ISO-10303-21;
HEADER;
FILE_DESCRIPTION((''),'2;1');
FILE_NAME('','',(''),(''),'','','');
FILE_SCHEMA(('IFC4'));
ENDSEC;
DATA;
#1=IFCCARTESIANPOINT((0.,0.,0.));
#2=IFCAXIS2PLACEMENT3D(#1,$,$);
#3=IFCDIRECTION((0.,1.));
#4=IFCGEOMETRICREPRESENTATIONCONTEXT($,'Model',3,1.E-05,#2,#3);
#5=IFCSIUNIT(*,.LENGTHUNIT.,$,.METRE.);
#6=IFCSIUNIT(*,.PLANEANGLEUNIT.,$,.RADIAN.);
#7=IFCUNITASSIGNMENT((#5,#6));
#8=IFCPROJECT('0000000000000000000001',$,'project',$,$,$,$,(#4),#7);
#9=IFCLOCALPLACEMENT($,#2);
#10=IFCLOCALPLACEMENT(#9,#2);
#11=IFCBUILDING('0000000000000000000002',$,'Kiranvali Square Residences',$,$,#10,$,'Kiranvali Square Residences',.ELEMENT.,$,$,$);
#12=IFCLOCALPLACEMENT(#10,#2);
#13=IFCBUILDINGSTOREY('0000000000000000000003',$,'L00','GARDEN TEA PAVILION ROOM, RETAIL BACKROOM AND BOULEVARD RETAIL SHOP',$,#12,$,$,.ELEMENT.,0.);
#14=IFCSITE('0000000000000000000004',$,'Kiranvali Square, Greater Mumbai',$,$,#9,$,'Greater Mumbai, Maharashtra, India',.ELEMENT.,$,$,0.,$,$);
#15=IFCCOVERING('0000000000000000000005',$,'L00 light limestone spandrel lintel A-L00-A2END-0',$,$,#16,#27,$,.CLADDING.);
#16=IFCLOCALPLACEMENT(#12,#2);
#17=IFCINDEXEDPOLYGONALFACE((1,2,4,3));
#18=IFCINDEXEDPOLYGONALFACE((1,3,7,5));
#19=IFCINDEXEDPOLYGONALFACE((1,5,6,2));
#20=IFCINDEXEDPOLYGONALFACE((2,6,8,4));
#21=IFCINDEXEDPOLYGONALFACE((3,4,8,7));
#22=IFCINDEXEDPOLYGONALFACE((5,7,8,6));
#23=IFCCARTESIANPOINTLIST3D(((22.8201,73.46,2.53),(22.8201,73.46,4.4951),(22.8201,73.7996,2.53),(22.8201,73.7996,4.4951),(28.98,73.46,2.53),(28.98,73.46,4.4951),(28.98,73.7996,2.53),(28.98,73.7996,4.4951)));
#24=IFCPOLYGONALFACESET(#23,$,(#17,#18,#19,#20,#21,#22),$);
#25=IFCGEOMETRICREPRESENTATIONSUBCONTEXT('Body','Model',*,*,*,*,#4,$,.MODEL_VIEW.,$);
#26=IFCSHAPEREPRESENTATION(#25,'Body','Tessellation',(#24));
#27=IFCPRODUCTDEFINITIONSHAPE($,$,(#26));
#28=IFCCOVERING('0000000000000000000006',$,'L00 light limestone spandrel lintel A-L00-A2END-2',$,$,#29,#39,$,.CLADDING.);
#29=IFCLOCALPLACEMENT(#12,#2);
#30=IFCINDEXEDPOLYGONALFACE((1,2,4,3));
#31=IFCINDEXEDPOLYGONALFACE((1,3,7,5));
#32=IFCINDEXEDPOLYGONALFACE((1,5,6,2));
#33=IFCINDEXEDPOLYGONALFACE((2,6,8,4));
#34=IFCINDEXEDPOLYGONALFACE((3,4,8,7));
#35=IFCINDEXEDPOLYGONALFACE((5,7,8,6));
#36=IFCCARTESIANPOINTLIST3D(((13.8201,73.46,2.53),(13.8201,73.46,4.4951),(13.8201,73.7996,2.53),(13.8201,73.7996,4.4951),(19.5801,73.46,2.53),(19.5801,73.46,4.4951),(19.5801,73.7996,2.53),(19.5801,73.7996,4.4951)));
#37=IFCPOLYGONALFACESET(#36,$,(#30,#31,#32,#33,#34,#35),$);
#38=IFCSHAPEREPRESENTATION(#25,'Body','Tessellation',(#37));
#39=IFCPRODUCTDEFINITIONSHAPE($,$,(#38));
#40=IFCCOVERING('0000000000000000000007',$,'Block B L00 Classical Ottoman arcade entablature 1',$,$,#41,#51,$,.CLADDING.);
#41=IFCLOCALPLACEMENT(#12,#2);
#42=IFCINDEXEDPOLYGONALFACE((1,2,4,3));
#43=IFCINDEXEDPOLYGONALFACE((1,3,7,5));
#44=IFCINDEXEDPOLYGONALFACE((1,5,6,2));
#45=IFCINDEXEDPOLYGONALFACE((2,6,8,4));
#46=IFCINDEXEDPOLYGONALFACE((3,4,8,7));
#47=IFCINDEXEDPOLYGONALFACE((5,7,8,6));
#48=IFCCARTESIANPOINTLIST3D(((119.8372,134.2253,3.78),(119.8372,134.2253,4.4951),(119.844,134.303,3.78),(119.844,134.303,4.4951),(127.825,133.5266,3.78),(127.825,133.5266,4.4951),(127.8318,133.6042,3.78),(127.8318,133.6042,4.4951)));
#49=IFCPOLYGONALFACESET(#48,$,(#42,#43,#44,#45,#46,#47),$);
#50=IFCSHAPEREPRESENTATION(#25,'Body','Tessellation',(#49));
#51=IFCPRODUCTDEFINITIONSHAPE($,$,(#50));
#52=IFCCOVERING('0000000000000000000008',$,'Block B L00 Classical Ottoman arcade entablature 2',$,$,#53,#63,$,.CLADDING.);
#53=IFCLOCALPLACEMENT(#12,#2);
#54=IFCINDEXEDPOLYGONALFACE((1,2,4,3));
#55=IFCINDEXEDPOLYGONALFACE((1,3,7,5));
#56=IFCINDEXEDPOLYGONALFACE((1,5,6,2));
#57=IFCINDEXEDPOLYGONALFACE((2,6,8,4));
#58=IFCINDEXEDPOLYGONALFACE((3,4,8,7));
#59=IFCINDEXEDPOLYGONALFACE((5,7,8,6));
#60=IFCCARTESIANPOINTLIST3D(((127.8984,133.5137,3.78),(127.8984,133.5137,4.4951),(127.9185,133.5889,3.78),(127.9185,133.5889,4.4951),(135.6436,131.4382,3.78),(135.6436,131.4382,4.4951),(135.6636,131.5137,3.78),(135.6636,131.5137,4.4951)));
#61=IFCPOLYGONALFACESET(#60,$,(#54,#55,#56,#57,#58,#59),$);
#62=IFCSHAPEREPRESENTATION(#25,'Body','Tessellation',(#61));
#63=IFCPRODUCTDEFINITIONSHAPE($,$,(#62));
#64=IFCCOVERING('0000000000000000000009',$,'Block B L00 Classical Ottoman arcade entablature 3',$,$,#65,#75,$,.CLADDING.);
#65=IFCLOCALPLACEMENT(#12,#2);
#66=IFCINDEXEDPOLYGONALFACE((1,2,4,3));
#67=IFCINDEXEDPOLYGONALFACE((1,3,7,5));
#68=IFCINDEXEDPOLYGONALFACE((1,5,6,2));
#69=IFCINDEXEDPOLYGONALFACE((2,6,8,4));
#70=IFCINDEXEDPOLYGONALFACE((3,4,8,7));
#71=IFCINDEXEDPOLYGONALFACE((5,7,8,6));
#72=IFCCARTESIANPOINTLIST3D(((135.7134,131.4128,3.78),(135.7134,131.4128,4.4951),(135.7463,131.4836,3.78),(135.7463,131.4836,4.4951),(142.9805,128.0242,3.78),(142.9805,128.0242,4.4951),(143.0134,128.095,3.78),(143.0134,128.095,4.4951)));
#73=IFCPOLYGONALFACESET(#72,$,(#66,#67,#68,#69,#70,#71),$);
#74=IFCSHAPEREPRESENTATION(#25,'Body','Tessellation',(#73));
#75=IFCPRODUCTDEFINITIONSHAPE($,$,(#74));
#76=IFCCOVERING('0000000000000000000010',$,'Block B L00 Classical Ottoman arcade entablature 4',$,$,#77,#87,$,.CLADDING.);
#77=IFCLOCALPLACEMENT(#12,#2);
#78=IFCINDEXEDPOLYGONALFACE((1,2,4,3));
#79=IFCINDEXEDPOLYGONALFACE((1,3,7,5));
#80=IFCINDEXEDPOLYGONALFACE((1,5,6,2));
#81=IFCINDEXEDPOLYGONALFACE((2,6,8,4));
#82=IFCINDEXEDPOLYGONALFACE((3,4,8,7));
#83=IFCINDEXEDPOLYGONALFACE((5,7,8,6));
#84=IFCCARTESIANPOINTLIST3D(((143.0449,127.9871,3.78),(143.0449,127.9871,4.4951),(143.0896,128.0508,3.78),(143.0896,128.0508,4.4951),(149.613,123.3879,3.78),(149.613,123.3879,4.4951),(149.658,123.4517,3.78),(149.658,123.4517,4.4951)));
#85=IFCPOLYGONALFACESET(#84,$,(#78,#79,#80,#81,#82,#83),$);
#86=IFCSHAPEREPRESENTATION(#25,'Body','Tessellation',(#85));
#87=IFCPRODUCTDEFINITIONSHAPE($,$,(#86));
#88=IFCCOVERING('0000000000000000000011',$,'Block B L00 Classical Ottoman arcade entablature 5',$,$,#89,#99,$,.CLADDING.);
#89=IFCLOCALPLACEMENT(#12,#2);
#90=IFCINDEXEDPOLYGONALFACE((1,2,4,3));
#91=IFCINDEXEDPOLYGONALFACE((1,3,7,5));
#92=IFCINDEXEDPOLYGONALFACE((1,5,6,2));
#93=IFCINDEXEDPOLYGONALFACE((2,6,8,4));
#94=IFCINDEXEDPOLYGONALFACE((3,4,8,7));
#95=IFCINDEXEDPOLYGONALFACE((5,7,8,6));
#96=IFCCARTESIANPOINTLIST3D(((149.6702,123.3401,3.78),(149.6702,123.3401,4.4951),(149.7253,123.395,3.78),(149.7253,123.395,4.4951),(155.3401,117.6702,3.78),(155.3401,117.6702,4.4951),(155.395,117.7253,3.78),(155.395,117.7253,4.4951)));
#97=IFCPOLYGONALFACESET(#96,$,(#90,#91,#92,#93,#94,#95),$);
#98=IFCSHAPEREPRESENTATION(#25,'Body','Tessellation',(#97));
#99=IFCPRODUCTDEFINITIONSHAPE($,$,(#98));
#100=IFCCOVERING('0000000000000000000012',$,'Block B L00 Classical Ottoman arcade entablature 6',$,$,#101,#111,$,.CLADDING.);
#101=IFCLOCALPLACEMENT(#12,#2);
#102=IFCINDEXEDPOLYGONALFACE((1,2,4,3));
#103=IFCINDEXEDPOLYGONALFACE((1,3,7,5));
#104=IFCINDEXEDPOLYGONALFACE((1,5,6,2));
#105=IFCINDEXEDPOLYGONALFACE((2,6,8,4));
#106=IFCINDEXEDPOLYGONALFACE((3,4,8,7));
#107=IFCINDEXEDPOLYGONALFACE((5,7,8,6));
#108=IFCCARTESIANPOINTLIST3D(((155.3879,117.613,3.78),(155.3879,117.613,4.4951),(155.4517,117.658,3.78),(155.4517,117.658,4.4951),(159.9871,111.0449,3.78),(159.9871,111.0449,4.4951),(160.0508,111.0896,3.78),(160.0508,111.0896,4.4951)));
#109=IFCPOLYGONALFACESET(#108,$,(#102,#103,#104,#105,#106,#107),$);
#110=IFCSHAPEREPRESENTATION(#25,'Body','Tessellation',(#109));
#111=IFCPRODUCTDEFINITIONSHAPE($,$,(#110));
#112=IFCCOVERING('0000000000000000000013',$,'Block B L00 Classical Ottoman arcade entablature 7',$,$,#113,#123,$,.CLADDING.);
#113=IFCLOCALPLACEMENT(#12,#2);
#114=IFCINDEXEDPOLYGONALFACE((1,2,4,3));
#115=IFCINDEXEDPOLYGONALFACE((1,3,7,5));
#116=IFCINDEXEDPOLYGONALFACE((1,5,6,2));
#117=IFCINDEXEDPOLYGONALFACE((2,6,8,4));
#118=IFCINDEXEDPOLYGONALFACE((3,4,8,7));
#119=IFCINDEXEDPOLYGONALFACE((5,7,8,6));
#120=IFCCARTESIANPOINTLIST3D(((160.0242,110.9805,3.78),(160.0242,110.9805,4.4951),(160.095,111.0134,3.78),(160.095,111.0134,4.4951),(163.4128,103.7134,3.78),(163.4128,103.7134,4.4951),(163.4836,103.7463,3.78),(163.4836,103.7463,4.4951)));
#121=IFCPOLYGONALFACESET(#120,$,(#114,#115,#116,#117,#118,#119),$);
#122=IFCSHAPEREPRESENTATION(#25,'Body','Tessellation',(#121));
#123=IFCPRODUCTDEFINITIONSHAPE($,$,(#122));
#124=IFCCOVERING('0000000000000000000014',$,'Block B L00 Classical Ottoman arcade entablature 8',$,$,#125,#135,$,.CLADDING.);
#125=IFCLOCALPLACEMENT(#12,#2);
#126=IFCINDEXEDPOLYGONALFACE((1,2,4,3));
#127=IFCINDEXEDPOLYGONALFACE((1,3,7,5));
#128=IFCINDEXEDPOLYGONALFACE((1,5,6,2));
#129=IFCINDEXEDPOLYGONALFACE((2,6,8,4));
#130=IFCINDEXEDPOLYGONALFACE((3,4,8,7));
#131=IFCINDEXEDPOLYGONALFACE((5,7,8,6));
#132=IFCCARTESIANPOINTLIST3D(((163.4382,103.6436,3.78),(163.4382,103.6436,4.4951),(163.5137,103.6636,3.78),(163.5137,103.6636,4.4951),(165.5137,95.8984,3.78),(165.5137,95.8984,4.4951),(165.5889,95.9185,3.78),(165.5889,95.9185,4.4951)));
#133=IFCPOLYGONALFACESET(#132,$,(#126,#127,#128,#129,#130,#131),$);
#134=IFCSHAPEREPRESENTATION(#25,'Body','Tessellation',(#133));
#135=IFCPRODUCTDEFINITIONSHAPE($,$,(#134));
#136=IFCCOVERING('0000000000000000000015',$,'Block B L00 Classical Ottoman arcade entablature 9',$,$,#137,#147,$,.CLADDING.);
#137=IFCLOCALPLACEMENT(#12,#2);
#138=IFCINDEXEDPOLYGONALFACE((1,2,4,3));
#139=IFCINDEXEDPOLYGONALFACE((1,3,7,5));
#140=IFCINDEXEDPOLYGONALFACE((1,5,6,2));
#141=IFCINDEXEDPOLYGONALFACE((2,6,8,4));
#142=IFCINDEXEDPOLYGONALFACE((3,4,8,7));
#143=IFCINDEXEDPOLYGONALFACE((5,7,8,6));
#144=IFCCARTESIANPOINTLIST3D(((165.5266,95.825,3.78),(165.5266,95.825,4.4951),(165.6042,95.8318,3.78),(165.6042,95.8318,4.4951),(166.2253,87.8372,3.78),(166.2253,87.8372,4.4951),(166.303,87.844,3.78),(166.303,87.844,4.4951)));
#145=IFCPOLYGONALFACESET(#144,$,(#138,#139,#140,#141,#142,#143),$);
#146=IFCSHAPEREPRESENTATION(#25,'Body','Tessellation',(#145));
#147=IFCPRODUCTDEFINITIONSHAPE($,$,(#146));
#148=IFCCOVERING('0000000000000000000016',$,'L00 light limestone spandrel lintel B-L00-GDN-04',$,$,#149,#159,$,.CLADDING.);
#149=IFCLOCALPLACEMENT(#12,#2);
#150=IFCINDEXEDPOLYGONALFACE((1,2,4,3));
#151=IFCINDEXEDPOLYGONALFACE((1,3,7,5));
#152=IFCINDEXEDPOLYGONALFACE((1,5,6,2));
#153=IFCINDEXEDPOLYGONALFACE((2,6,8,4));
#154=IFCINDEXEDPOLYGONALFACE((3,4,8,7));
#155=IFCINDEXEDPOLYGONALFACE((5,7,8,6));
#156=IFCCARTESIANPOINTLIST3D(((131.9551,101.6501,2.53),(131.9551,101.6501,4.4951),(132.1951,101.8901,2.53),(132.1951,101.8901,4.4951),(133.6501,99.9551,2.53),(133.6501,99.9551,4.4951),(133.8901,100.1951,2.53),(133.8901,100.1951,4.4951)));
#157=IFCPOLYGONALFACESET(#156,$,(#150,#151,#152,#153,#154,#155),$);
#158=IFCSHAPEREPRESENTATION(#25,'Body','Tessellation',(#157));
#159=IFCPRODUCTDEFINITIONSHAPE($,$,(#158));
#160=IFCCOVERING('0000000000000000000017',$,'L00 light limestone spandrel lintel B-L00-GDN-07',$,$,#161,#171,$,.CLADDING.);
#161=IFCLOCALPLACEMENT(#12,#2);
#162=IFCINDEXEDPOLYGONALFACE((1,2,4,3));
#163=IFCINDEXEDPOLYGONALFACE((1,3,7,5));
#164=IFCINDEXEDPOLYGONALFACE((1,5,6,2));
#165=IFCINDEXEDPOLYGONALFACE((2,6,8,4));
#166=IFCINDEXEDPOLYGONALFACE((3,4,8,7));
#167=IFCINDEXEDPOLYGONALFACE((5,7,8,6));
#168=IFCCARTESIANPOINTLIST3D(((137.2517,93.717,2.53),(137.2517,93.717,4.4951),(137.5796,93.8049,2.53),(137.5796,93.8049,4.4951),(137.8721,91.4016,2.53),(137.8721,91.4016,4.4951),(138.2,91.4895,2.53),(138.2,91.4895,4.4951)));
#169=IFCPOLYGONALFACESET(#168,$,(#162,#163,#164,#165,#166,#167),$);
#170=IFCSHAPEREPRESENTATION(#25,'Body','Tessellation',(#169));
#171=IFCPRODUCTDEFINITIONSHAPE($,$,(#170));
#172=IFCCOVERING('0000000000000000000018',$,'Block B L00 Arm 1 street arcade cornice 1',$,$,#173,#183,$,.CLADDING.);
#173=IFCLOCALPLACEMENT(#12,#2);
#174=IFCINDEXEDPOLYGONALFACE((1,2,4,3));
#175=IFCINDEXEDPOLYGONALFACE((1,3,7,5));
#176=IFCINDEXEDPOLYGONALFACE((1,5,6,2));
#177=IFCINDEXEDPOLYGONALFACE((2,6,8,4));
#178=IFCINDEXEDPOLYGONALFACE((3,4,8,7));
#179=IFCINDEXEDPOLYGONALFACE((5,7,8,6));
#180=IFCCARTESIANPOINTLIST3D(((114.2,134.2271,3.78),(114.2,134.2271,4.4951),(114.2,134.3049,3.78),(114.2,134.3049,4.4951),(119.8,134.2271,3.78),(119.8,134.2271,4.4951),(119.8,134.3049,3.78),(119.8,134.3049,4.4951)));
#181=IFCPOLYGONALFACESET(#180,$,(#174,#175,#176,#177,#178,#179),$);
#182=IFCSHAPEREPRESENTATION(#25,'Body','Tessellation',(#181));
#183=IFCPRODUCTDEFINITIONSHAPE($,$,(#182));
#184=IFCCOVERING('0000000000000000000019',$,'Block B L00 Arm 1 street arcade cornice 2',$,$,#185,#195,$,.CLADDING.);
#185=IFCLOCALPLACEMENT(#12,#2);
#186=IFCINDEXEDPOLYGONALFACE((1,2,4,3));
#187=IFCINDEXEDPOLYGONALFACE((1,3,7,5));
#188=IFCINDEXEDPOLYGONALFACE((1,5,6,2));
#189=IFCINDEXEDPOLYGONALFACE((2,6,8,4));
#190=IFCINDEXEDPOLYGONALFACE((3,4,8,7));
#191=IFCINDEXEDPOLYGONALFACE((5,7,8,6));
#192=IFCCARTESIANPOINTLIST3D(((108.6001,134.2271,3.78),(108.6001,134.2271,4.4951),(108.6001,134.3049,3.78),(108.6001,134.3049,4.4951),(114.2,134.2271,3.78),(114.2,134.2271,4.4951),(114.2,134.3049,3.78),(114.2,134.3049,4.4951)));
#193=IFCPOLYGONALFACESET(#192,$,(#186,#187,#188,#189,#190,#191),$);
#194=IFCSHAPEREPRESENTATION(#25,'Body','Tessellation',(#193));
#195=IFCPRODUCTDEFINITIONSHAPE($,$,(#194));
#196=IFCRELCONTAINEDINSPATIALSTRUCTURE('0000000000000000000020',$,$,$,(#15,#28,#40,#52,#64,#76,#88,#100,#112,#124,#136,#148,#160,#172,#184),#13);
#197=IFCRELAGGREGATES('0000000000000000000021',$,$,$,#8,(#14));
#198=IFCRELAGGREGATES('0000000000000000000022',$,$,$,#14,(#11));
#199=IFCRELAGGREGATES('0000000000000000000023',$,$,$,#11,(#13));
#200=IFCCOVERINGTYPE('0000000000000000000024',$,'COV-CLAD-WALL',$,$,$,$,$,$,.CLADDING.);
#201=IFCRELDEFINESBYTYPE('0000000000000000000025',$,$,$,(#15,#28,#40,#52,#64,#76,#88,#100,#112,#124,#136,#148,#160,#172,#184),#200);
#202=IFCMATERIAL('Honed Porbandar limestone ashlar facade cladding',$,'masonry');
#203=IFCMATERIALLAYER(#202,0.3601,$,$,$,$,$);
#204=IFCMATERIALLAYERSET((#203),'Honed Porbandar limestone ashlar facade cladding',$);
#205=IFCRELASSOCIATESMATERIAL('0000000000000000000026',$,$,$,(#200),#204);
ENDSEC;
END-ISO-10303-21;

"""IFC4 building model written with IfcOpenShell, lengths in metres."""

from ifc_helpers import new_model, si_unit, direction, frame, origin, place, context, subcontext, project, spatial, polyline, outline, extrude, material, layer, layer_set, type_object, element, save


model = new_model("IFC4")

# Units and contexts
model_context = context("Model", 3, precision=1e-05, world=origin(), true_north=direction((0.0, 1.0)))
body_context = subcontext(model_context, "Body", "Model", "MODEL_VIEW")
ifc_project = project(units=[si_unit("LENGTHUNIT", "METRE"), si_unit("PLANEANGLEUNIT", "RADIAN")], contexts=[model_context])

# Site, building, storey
site_placement = place(None, origin())
site = spatial("IfcSite", under=ifc_project, at=site_placement, Name="Kiranvali Square, Greater Mumbai", LongName="Greater Mumbai, Maharashtra, India", CompositionType="ELEMENT", RefElevation=0.0)
building_placement = place(site_placement, origin())
building = spatial("IfcBuilding", under=site, at=building_placement, Name="Kiranvali Square Residences", LongName="Kiranvali Square Residences", CompositionType="ELEMENT")
storey_placement = place(building_placement, origin())
storey = spatial("IfcBuildingStorey", under=building, at=storey_placement, Name="L00", Description="GARDEN TEA PAVILION ROOM, RETAIL BACKROOM AND BOULEVARD RETAIL SHOP", CompositionType="ELEMENT", Elevation=0.0)

# Coverings
ifc_material = material(Name="Honed Porbandar limestone ashlar facade cladding", Category="masonry")
ifc_layer = layer(ifc_material, 0.3601)
ifc_layer_set = layer_set([ifc_layer], Name="Honed Porbandar limestone ashlar facade cladding")
covering_type = type_object("IfcCoveringType", Name="COV-CLAD-WALL", PredefinedType="CLADDING", material=ifc_layer_set)
covering_1_placement = place(storey_placement, frame((0.0, 0.0, 2.53)))
element("IfcCovering", 1, at=covering_1_placement, inside=storey, type_object=covering_type, Name="L00 light limestone spandrel lintel A-L00-A2END-0", PredefinedType="CLADDING", context=body_context, shape_type="SweptSolid", body=[
    extrude(outline(polyline([(28.98, 73.7996), (22.8201, 73.7996), (22.8201, 73.46), (28.98, 73.46), (28.98, 73.7996)])), origin(), (0.0, 0.0, 1.0), 1.9651),
])
covering_2_placement = place(storey_placement, frame((0.0, 0.0, 2.53)))
element("IfcCovering", 2, at=covering_2_placement, inside=storey, type_object=covering_type, Name="L00 light limestone spandrel lintel A-L00-A2END-2", PredefinedType="CLADDING", context=body_context, shape_type="SweptSolid", body=[
    extrude(outline(polyline([(19.5801, 73.7996), (13.8201, 73.7996), (13.8201, 73.46), (19.5801, 73.46), (19.5801, 73.7996)])), origin(), (0.0, 0.0, 1.0), 1.9651),
])
covering_3_placement = place(storey_placement, frame((0.0, 0.0, 3.78)))
element("IfcCovering", 3, at=covering_3_placement, inside=storey, type_object=covering_type, Name="Block B L00 Classical Ottoman arcade entablature 1", PredefinedType="CLADDING", context=body_context, shape_type="SweptSolid", body=[
    extrude(outline(polyline([(119.8372, 134.2253), (127.825, 133.5266), (127.8318, 133.6042), (119.844, 134.303), (119.8372, 134.2253)])), origin(), (0.0, 0.0, 1.0), 0.7151),
])
covering_4_placement = place(storey_placement, frame((0.0, 0.0, 3.78)))
element("IfcCovering", 4, at=covering_4_placement, inside=storey, type_object=covering_type, Name="Block B L00 Classical Ottoman arcade entablature 2", PredefinedType="CLADDING", context=body_context, shape_type="SweptSolid", body=[
    extrude(outline(polyline([(127.8984, 133.5137), (135.6436, 131.4382), (135.6636, 131.5137), (127.9185, 133.5889), (127.8984, 133.5137)])), origin(), (0.0, 0.0, 1.0), 0.7151),
])
covering_5_placement = place(storey_placement, frame((0.0, 0.0, 3.78)))
element("IfcCovering", 5, at=covering_5_placement, inside=storey, type_object=covering_type, Name="Block B L00 Classical Ottoman arcade entablature 3", PredefinedType="CLADDING", context=body_context, shape_type="SweptSolid", body=[
    extrude(outline(polyline([(135.7134, 131.4128), (142.9805, 128.0242), (143.0134, 128.095), (135.7463, 131.4836), (135.7134, 131.4128)])), origin(), (0.0, 0.0, 1.0), 0.7151),
])
covering_6_placement = place(storey_placement, frame((0.0, 0.0, 3.78)))
element("IfcCovering", 6, at=covering_6_placement, inside=storey, type_object=covering_type, Name="Block B L00 Classical Ottoman arcade entablature 4", PredefinedType="CLADDING", context=body_context, shape_type="SweptSolid", body=[
    extrude(outline(polyline([(143.0449, 127.9871), (149.613, 123.3879), (149.658, 123.4517), (143.0896, 128.0508), (143.0449, 127.9871)])), origin(), (0.0, 0.0, 1.0), 0.7151),
])
covering_7_placement = place(storey_placement, frame((0.0, 0.0, 3.78)))
element("IfcCovering", 7, at=covering_7_placement, inside=storey, type_object=covering_type, Name="Block B L00 Classical Ottoman arcade entablature 5", PredefinedType="CLADDING", context=body_context, shape_type="SweptSolid", body=[
    extrude(outline(polyline([(149.6702, 123.3401), (155.3401, 117.6702), (155.395, 117.7253), (149.7253, 123.395), (149.6702, 123.3401)])), origin(), (0.0, 0.0, 1.0), 0.7151),
])
covering_8_placement = place(storey_placement, frame((0.0, 0.0, 3.78)))
element("IfcCovering", 8, at=covering_8_placement, inside=storey, type_object=covering_type, Name="Block B L00 Classical Ottoman arcade entablature 6", PredefinedType="CLADDING", context=body_context, shape_type="SweptSolid", body=[
    extrude(outline(polyline([(155.3879, 117.613), (159.9871, 111.0449), (160.0508, 111.0896), (155.4517, 117.658), (155.3879, 117.613)])), origin(), (0.0, 0.0, 1.0), 0.7151),
])
covering_9_placement = place(storey_placement, frame((0.0, 0.0, 3.78)))
element("IfcCovering", 9, at=covering_9_placement, inside=storey, type_object=covering_type, Name="Block B L00 Classical Ottoman arcade entablature 7", PredefinedType="CLADDING", context=body_context, shape_type="SweptSolid", body=[
    extrude(outline(polyline([(160.0242, 110.9805), (163.4128, 103.7134), (163.4836, 103.7463), (160.095, 111.0134), (160.0242, 110.9805)])), origin(), (0.0, 0.0, 1.0), 0.7151),
])
covering_10_placement = place(storey_placement, frame((0.0, 0.0, 3.78)))
element("IfcCovering", 10, at=covering_10_placement, inside=storey, type_object=covering_type, Name="Block B L00 Classical Ottoman arcade entablature 8", PredefinedType="CLADDING", context=body_context, shape_type="SweptSolid", body=[
    extrude(outline(polyline([(163.4382, 103.6436), (165.5137, 95.8984), (165.5889, 95.9185), (163.5137, 103.6636), (163.4382, 103.6436)])), origin(), (0.0, 0.0, 1.0), 0.7151),
])
covering_11_placement = place(storey_placement, frame((0.0, 0.0, 3.78)))
element("IfcCovering", 11, at=covering_11_placement, inside=storey, type_object=covering_type, Name="Block B L00 Classical Ottoman arcade entablature 9", PredefinedType="CLADDING", context=body_context, shape_type="SweptSolid", body=[
    extrude(outline(polyline([(165.5266, 95.825), (166.2253, 87.8372), (166.303, 87.844), (165.6042, 95.8318), (165.5266, 95.825)])), origin(), (0.0, 0.0, 1.0), 0.7151),
])
covering_12_placement = place(storey_placement, frame((0.0, 0.0, 2.53)))
element("IfcCovering", 12, at=covering_12_placement, inside=storey, type_object=covering_type, Name="L00 light limestone spandrel lintel B-L00-GDN-04", PredefinedType="CLADDING", context=body_context, shape_type="SweptSolid", body=[
    extrude(outline(polyline([(131.9551, 101.6501), (133.6501, 99.9551), (133.8901, 100.1951), (132.1951, 101.8901), (131.9551, 101.6501)])), origin(), (0.0, 0.0, 1.0), 1.9651),
])
covering_13_placement = place(storey_placement, frame((0.0, 0.0, 2.53)))
element("IfcCovering", 13, at=covering_13_placement, inside=storey, type_object=covering_type, Name="L00 light limestone spandrel lintel B-L00-GDN-07", PredefinedType="CLADDING", context=body_context, shape_type="SweptSolid", body=[
    extrude(outline(polyline([(137.2517, 93.717), (137.8721, 91.4016), (138.2, 91.4895), (137.5796, 93.8049), (137.2517, 93.717)])), origin(), (0.0, 0.0, 1.0), 1.9651),
])
covering_14_placement = place(storey_placement, frame((0.0, 0.0, 3.78)))
element("IfcCovering", 14, at=covering_14_placement, inside=storey, type_object=covering_type, Name="Block B L00 Arm 1 street arcade cornice 1", PredefinedType="CLADDING", context=body_context, shape_type="SweptSolid", body=[
    extrude(outline(polyline([(119.8, 134.3049), (114.2, 134.3049), (114.2, 134.2271), (119.8, 134.2271), (119.8, 134.3049)])), origin(), (0.0, 0.0, 1.0), 0.7151),
])
covering_15_placement = place(storey_placement, frame((0.0, 0.0, 3.78)))
element("IfcCovering", 15, at=covering_15_placement, inside=storey, type_object=covering_type, Name="Block B L00 Arm 1 street arcade cornice 2", PredefinedType="CLADDING", context=body_context, shape_type="SweptSolid", body=[
    extrude(outline(polyline([(114.2, 134.3049), (108.6001, 134.3049), (108.6001, 134.2271), (114.2, 134.2271), (114.2, 134.3049)])), origin(), (0.0, 0.0, 1.0), 0.7151),
])

save(model, "model.ifc")
